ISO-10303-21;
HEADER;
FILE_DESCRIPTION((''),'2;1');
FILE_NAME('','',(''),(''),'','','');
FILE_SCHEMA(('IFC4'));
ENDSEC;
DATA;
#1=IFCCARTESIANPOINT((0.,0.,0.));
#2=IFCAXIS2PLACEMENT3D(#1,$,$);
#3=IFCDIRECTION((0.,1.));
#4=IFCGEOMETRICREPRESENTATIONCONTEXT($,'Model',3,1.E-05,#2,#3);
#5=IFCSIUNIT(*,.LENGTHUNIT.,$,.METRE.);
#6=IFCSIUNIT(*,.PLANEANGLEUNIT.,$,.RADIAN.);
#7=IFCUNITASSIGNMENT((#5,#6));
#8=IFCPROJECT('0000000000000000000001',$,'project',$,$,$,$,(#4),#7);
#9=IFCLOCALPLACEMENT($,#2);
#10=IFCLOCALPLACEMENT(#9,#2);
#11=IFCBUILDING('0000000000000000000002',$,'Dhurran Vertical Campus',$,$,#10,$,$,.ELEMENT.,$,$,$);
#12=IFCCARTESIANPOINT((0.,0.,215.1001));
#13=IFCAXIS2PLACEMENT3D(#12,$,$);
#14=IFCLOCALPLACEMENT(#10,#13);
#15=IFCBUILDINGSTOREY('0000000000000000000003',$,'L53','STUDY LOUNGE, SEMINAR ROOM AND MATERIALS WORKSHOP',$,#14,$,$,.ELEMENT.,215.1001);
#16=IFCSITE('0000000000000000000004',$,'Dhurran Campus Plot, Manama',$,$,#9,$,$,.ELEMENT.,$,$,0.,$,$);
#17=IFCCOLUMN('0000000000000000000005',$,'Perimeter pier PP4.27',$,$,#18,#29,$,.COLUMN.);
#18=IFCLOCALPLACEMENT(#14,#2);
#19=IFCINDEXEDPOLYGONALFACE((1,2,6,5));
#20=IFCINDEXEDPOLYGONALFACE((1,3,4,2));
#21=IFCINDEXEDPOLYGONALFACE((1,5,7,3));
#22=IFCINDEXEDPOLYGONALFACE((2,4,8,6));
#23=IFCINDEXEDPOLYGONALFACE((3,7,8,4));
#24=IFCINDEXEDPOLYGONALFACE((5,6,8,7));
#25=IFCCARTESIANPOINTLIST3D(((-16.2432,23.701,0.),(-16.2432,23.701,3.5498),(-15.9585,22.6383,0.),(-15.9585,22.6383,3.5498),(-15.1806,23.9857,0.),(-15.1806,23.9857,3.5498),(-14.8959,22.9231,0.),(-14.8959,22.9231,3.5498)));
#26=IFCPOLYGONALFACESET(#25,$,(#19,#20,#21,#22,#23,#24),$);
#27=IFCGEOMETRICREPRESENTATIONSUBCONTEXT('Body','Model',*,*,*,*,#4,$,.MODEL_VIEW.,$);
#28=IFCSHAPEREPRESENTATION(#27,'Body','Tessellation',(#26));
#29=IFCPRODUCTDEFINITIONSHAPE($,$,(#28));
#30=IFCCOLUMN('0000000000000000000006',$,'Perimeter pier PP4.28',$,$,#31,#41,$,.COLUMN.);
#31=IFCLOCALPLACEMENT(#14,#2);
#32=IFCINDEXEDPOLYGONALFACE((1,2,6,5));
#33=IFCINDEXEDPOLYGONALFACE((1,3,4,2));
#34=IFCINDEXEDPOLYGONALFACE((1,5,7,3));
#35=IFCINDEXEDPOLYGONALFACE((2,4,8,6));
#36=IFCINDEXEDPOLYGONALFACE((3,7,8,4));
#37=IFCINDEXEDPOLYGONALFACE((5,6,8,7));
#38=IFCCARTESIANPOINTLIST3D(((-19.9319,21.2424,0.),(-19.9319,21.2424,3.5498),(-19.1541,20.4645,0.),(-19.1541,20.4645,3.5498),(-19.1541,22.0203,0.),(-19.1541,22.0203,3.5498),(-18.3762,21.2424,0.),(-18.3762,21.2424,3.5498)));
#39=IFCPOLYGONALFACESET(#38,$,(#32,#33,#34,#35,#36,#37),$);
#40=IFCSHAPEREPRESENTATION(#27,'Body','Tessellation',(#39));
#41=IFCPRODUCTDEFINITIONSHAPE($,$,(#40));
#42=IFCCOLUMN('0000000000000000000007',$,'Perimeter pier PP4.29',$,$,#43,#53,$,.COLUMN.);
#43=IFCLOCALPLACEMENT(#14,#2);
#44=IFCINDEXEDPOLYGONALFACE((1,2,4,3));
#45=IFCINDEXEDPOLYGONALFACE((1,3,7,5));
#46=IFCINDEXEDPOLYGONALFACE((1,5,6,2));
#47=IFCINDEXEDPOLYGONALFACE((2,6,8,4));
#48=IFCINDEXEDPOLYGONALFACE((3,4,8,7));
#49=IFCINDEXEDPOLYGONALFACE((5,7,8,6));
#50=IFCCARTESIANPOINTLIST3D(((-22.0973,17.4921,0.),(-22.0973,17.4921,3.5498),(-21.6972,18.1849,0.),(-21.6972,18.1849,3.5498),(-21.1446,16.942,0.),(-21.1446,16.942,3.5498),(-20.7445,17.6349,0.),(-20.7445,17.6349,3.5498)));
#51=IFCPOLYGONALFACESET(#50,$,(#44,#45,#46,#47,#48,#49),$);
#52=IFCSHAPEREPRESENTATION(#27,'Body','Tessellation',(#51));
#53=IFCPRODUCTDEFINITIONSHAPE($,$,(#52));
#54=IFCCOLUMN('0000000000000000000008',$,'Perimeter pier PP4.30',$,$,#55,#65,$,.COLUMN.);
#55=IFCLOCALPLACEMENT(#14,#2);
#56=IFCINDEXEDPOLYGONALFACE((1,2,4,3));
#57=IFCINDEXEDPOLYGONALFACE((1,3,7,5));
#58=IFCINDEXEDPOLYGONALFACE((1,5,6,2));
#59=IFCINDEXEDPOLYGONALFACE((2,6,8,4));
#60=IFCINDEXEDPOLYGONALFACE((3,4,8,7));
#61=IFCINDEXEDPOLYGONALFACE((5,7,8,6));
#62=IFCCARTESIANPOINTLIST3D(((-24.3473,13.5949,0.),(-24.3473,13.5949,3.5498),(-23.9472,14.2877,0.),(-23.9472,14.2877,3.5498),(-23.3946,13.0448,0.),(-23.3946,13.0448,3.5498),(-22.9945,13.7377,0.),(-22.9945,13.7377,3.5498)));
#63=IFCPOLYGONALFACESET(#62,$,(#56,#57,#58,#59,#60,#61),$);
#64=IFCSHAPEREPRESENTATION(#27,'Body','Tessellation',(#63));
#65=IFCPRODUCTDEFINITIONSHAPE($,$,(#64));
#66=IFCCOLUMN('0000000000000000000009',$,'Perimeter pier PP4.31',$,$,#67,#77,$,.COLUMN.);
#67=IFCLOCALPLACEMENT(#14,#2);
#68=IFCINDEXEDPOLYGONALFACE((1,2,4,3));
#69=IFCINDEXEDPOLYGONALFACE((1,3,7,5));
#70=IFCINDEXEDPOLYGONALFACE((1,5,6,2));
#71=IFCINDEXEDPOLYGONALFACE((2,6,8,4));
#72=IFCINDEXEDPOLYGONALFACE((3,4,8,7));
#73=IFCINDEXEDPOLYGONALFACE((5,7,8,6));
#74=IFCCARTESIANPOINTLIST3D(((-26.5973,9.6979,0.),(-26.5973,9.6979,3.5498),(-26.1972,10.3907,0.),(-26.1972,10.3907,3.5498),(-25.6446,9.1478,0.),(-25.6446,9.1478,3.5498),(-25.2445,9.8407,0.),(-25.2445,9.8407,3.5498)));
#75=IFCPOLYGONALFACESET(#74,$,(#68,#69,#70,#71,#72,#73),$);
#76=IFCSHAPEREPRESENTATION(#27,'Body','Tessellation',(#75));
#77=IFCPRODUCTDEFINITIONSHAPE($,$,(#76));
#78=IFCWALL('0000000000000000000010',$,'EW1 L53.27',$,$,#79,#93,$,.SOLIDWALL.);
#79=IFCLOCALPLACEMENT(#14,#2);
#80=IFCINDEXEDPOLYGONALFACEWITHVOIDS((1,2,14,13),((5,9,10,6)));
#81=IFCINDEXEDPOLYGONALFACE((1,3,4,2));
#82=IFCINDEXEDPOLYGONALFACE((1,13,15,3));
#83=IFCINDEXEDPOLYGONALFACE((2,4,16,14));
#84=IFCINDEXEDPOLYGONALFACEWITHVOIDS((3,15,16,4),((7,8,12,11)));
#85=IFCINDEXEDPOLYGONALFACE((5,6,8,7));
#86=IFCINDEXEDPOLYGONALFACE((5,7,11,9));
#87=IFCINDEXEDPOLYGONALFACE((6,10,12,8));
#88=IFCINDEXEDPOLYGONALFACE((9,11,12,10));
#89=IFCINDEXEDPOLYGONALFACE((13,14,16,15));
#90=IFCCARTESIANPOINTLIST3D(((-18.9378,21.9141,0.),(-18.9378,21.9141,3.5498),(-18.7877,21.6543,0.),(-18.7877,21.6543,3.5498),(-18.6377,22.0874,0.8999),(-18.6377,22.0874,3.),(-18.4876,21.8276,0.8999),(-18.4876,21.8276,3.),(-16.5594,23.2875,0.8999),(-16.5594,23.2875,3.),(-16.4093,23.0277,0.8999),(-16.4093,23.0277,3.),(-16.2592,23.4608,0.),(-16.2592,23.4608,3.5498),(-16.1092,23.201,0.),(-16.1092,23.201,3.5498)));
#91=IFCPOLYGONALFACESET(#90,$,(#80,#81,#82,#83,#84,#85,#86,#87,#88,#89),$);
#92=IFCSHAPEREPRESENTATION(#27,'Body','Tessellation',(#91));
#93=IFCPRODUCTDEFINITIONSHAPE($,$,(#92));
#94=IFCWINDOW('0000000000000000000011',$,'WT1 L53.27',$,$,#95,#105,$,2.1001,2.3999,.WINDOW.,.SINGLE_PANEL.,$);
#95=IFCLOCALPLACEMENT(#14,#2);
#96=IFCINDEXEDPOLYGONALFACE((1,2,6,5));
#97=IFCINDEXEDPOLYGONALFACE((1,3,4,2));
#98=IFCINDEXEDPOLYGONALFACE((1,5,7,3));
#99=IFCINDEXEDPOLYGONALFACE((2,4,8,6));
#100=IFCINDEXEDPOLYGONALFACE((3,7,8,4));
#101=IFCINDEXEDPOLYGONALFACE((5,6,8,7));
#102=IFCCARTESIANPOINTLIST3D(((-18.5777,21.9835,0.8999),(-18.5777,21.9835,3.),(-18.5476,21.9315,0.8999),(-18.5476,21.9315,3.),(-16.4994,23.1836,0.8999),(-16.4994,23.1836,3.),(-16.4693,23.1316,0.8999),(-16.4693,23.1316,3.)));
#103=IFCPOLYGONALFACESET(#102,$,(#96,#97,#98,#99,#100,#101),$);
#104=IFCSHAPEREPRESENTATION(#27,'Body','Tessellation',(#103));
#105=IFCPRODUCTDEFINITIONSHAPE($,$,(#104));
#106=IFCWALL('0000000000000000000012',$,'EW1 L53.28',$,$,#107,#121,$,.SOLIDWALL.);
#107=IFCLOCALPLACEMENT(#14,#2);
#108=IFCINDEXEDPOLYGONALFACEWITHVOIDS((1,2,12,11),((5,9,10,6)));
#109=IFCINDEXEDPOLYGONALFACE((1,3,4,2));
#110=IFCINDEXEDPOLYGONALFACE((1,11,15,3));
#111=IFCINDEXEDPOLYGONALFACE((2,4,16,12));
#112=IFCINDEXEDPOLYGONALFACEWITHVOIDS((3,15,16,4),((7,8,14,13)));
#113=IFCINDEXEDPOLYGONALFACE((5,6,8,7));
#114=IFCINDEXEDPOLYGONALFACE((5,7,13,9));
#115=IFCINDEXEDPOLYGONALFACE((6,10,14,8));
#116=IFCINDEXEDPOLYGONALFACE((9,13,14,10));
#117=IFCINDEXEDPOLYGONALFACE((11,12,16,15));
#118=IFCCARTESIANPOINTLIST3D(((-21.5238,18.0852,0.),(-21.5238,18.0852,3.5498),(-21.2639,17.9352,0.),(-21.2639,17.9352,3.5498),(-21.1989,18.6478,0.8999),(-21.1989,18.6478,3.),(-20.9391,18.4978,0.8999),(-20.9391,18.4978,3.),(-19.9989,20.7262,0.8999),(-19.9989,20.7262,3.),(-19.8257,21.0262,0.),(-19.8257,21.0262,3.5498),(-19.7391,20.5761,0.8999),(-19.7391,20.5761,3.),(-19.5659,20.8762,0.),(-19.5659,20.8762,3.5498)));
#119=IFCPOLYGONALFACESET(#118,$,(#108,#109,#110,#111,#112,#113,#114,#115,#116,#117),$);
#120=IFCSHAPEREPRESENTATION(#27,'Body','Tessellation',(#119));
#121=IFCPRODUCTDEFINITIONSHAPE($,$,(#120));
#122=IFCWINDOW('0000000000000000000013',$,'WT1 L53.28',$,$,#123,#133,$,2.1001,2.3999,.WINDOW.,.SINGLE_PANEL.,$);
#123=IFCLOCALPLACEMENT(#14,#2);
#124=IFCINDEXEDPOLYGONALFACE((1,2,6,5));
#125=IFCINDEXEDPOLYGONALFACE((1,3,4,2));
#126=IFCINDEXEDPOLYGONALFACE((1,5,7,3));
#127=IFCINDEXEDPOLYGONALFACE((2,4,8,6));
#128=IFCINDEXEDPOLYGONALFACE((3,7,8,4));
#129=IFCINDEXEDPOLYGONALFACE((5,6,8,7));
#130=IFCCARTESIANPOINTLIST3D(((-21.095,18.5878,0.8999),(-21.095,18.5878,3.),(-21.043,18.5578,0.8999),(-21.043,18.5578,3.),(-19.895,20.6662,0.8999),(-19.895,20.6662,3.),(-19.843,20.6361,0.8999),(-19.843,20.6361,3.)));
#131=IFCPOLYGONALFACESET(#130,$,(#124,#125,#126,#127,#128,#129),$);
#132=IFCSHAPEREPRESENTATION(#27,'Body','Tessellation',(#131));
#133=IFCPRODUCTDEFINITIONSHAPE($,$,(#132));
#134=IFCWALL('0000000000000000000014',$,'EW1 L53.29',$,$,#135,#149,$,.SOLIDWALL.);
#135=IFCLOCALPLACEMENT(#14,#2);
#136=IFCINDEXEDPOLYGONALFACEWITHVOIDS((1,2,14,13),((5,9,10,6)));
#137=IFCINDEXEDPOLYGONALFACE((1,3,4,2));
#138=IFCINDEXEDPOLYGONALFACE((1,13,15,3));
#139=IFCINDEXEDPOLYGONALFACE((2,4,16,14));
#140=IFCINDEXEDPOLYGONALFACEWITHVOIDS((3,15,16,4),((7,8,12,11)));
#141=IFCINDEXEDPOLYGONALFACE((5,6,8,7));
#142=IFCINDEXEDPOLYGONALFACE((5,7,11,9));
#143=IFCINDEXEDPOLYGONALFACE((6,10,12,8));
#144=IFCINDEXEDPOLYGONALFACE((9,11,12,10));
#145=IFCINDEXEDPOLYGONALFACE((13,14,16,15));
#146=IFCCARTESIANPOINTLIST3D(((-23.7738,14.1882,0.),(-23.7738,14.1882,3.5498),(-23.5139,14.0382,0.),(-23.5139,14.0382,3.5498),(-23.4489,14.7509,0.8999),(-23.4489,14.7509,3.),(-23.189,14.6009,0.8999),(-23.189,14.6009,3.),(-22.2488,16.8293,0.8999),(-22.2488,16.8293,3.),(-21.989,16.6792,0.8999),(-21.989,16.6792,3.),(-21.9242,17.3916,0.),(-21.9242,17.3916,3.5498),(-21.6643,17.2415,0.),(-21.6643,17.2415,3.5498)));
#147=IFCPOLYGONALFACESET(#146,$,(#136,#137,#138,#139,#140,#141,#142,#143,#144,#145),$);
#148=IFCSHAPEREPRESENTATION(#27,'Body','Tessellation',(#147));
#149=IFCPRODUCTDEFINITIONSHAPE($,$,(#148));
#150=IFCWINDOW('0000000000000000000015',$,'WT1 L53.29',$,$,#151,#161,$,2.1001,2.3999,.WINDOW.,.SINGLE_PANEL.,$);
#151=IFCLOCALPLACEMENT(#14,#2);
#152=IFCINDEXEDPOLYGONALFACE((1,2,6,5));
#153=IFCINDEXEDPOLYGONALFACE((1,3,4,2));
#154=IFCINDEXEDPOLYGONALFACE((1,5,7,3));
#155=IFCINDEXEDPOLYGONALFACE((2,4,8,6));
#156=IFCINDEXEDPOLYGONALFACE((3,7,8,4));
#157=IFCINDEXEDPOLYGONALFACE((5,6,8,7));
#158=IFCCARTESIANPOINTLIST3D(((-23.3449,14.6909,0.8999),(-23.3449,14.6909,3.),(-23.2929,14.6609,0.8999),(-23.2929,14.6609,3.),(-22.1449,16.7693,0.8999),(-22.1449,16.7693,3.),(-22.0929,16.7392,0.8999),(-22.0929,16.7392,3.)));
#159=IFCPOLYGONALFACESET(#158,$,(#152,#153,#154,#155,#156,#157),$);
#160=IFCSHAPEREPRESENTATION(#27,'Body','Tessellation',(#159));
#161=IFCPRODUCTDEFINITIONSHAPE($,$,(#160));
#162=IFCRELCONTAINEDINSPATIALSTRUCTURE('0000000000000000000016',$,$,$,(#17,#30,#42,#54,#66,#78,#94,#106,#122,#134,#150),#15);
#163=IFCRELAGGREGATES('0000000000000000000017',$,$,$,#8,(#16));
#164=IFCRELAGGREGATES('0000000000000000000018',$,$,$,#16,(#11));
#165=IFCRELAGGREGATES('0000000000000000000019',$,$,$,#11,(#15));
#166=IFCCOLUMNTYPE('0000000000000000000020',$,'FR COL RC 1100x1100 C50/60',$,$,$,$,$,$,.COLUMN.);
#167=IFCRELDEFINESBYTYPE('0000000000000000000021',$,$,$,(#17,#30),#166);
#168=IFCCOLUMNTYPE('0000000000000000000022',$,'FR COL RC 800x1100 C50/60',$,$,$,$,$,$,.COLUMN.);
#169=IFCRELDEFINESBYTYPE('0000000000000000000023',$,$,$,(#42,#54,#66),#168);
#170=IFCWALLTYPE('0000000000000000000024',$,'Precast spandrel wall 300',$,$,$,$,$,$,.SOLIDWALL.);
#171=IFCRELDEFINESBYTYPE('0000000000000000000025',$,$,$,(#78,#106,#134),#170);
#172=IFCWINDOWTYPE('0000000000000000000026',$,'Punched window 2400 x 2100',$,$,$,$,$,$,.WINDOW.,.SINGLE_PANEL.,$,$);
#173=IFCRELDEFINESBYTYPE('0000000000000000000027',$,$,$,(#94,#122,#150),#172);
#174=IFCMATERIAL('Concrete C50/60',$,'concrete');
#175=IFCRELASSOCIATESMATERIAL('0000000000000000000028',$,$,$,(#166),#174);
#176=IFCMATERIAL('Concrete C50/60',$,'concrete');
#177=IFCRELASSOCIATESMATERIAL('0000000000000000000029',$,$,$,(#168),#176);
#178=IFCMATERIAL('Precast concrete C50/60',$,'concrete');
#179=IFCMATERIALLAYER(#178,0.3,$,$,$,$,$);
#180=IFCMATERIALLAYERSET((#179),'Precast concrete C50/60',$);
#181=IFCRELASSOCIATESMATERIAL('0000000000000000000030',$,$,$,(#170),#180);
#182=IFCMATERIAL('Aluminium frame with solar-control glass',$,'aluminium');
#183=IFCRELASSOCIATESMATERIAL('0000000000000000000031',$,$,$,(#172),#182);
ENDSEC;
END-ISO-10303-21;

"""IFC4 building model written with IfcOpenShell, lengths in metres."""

from ifc_helpers import new_model, si_unit, direction, frame, frame_2d, origin, origin_2d, place, context, subcontext, project, spatial, rectangle, extrude, material, layer, layer_set, material_profile, profile_set, type_object, element, fill, save


model = new_model("IFC4")

# Units and contexts
model_context = context("Model", 3, precision=1e-05, world=origin(), true_north=direction((0.0, 1.0)))
body_context = subcontext(model_context, "Body", "Model", "MODEL_VIEW")
ifc_project = project(units=[si_unit("LENGTHUNIT", "METRE"), si_unit("PLANEANGLEUNIT", "RADIAN")], contexts=[model_context])

# Site, building, storey
site_placement = place(None, origin())
site = spatial("IfcSite", under=ifc_project, at=site_placement, Name="Dhurran Campus Plot, Manama", CompositionType="ELEMENT", RefElevation=0.0)
building_placement = place(site_placement, origin())
building = spatial("IfcBuilding", under=site, at=building_placement, Name="Dhurran Vertical Campus", CompositionType="ELEMENT")
storey_placement = place(building_placement, frame((0.0, 0.0, 215.1001)))
storey = spatial("IfcBuildingStorey", under=building, at=storey_placement, Name="L53", Description="STUDY LOUNGE, SEMINAR ROOM AND MATERIALS WORKSHOP", CompositionType="ELEMENT", Elevation=215.1001)

# Columns
ifc_material_1 = material(Name="Concrete C50/60", Category="concrete")
ifc_material_profile_1 = material_profile(ifc_material_1, rectangle(XDim=1.1001, YDim=1.1001, at=origin_2d()), Name="RC 1100x1100")
ifc_profile_set_1 = profile_set([ifc_material_profile_1], Name="Concrete C50/60")
column_type_1 = type_object("IfcColumnType", Name="FR COL RC 1100x1100 C50/60", PredefinedType="COLUMN", material=ifc_profile_set_1)
for number, where, z_axis, x_axis, name in (
    (1, (-15.5696, 23.312, 0.0), (0.0, 0.0, 1.0), (-0.965926, -0.258819, 0.0), "Perimeter pier PP4.27"),
    (2, (-19.1541, 21.2424, 0.0), (0.0, 0.0, 1.0), (-0.707107, -0.707107, 0.0), "Perimeter pier PP4.28"),
):
    element("IfcColumn", number, at=place(storey_placement, frame(where, z_axis=z_axis, x_axis=x_axis)), inside=storey, type_object=column_type_1, Name=name, PredefinedType="COLUMN", context=body_context, shape_type="SweptSolid", body=[
        extrude(rectangle(XDim=1.1001, YDim=1.1001, at=origin_2d()), origin(), (0.0, 0.0, 1.0), 3.5498),
    ])
ifc_material_2 = material(Name="Concrete C50/60", Category="concrete")
ifc_material_profile_2 = material_profile(ifc_material_2, rectangle(XDim=0.8, YDim=1.1001, at=origin_2d()), Name="RC 800x1100")
ifc_profile_set_2 = profile_set([ifc_material_profile_2], Name="Concrete C50/60")
column_type_2 = type_object("IfcColumnType", Name="FR COL RC 800x1100 C50/60", PredefinedType="COLUMN", material=ifc_profile_set_2)
for number, where, z_axis, x_axis, name in (
    (3, (-21.4209, 17.5635, 0.0), (0.0, 0.0, 1.0), (-0.5, -0.866025, 0.0), "Perimeter pier PP4.29"),
    (4, (-23.6709, 13.6663, 0.0), (0.0, 0.0, 1.0), (-0.5, -0.866025, 0.0), "Perimeter pier PP4.30"),
    (5, (-25.9209, 9.7693, 0.0), (0.0, 0.0, 1.0), (-0.5, -0.866025, 0.0), "Perimeter pier PP4.31"),
):
    element("IfcColumn", number, at=place(storey_placement, frame(where, z_axis=z_axis, x_axis=x_axis)), inside=storey, type_object=column_type_2, Name=name, PredefinedType="COLUMN", context=body_context, shape_type="SweptSolid", body=[
        extrude(rectangle(XDim=0.8, YDim=1.1001, at=origin_2d()), origin(), (0.0, 0.0, 1.0), 3.5498),
    ])

# Walls, openings, windows
ifc_material_3 = material(Name="Precast concrete C50/60", Category="concrete")
ifc_layer_1 = layer(ifc_material_3, 0.3)
ifc_layer_set_1 = layer_set([ifc_layer_1], Name="Precast concrete C50/60")
wall_type_1 = type_object("IfcWallType", Name="Precast spandrel wall 300", PredefinedType="SOLIDWALL", material=ifc_layer_set_1)
wall_1_placement = place(storey_placement, frame((-16.1843, 23.3308, 0.0), z_axis=(0.0, 0.0, 1.0), x_axis=(-0.865995, -0.500053, 0.0)))
wall_1 = element("IfcWall", 6, at=wall_1_placement, inside=storey, type_object=wall_type_1, Name="EW1 L53.27", PredefinedType="SOLIDWALL", context=body_context, shape_type="SweptSolid", body=[
    extrude(rectangle(XDim=3.093, YDim=0.3, at=frame_2d((1.5464, 0.0))), origin(), (0.0, 0.0, 1.0), 3.5498),
])
opening_1_placement = place(wall_1_placement, frame((0.3464, 0.0, 0.8999)))
opening_1 = element("IfcOpeningElement", 7, at=opening_1_placement, cuts=wall_1, PredefinedType="OPENING", context=body_context, shape_type="SweptSolid", body=[
    extrude(rectangle(XDim=2.3999, YDim=2.1001, at=frame_2d((1.2, 1.05))), frame((0.0, 0.1599, 0.0), z_axis=(0.0, -1.0, 0.0), x_axis=(1.0, 0.0, 0.0)), (0.0, 0.0, 1.0), 0.3201),
])
ifc_material_4 = material(Name="Aluminium frame with solar-control glass", Category="aluminium")
window_type = type_object("IfcWindowType", Name="Punched window 2400 x 2100", PartitioningType="SINGLE_PANEL", PredefinedType="WINDOW", material=ifc_material_4)
window_1_placement = place(opening_1_placement, origin())
window_1 = element("IfcWindow", 8, at=window_1_placement, inside=storey, type_object=window_type, Name="WT1 L53.27", OverallHeight=2.1001, OverallWidth=2.3999, PartitioningType="SINGLE_PANEL", PredefinedType="WINDOW", context=body_context, shape_type="SweptSolid", body=[
    extrude(rectangle(XDim=2.3999, YDim=2.1001, at=frame_2d((1.2, 1.05))), frame((0.0, 0.03, 0.0), z_axis=(0.0, -1.0, 0.0), x_axis=(1.0, 0.0, 0.0)), (0.0, 0.0, 1.0), 0.0601),
])
fill(opening_1, window_1)
wall_2_placement = place(storey_placement, frame((-19.6958, 20.9512, 0.0), z_axis=(0.0, 0.0, 1.0), x_axis=(-0.500013, -0.866018, 0.0)))
wall_2 = element("IfcWall", 9, at=wall_2_placement, inside=storey, type_object=wall_type_1, Name="EW1 L53.28", PredefinedType="SOLIDWALL", context=body_context, shape_type="SweptSolid", body=[
    extrude(rectangle(XDim=3.396, YDim=0.3, at=frame_2d((1.698, 0.0))), origin(), (0.0, 0.0, 1.0), 3.5498),
])
opening_2_placement = place(wall_2_placement, frame((0.3464, 0.0, 0.8999)))
opening_2 = element("IfcOpeningElement", 10, at=opening_2_placement, cuts=wall_2, PredefinedType="OPENING", context=body_context, shape_type="SweptSolid", body=[
    extrude(rectangle(XDim=2.3999, YDim=2.1001, at=frame_2d((1.2, 1.05))), frame((0.0, 0.1599, 0.0), z_axis=(0.0, -1.0, 0.0), x_axis=(1.0, 0.0, 0.0)), (0.0, 0.0, 1.0), 0.3201),
])
window_2_placement = place(opening_2_placement, origin())
window_2 = element("IfcWindow", 11, at=window_2_placement, inside=storey, type_object=window_type, Name="WT1 L53.28", OverallHeight=2.1001, OverallWidth=2.3999, PartitioningType="SINGLE_PANEL", PredefinedType="WINDOW", context=body_context, shape_type="SweptSolid", body=[
    extrude(rectangle(XDim=2.3999, YDim=2.1001, at=frame_2d((1.2, 1.05))), frame((0.0, 0.03, 0.0), z_axis=(0.0, -1.0, 0.0), x_axis=(1.0, 0.0, 0.0)), (0.0, 0.0, 1.0), 0.0601),
])
fill(opening_2, window_2)
wall_3_placement = place(storey_placement, frame((-21.7942, 17.3167, 0.0), z_axis=(0.0, 0.0, 1.0), x_axis=(-0.500029, -0.866009, 0.0)))
wall_3 = element("IfcWall", 12, at=wall_3_placement, inside=storey, type_object=wall_type_1, Name="EW1 L53.29", PredefinedType="SOLIDWALL", context=body_context, shape_type="SweptSolid", body=[
    extrude(rectangle(XDim=3.699, YDim=0.3, at=frame_2d((1.8496, 0.0))), origin(), (0.0, 0.0, 1.0), 3.5498),
])
opening_3_placement = place(wall_3_placement, frame((0.6494, 0.0, 0.8999)))
opening_3 = element("IfcOpeningElement", 13, at=opening_3_placement, cuts=wall_3, PredefinedType="OPENING", context=body_context, shape_type="SweptSolid", body=[
    extrude(rectangle(XDim=2.3999, YDim=2.1001, at=frame_2d((1.2, 1.05))), frame((0.0, 0.1599, 0.0), z_axis=(0.0, -1.0, 0.0), x_axis=(1.0, 0.0, 0.0)), (0.0, 0.0, 1.0), 0.3201),
])
window_3_placement = place(opening_3_placement, origin())
window_3 = element("IfcWindow", 14, at=window_3_placement, inside=storey, type_object=window_type, Name="WT1 L53.29", OverallHeight=2.1001, OverallWidth=2.3999, PartitioningType="SINGLE_PANEL", PredefinedType="WINDOW", context=body_context, shape_type="SweptSolid", body=[
    extrude(rectangle(XDim=2.3999, YDim=2.1001, at=frame_2d((1.2, 1.05))), frame((0.0, 0.03, 0.0), z_axis=(0.0, -1.0, 0.0), x_axis=(1.0, 0.0, 0.0)), (0.0, 0.0, 1.0), 0.0601),
])
fill(opening_3, window_3)

save(model, "model.ifc")
